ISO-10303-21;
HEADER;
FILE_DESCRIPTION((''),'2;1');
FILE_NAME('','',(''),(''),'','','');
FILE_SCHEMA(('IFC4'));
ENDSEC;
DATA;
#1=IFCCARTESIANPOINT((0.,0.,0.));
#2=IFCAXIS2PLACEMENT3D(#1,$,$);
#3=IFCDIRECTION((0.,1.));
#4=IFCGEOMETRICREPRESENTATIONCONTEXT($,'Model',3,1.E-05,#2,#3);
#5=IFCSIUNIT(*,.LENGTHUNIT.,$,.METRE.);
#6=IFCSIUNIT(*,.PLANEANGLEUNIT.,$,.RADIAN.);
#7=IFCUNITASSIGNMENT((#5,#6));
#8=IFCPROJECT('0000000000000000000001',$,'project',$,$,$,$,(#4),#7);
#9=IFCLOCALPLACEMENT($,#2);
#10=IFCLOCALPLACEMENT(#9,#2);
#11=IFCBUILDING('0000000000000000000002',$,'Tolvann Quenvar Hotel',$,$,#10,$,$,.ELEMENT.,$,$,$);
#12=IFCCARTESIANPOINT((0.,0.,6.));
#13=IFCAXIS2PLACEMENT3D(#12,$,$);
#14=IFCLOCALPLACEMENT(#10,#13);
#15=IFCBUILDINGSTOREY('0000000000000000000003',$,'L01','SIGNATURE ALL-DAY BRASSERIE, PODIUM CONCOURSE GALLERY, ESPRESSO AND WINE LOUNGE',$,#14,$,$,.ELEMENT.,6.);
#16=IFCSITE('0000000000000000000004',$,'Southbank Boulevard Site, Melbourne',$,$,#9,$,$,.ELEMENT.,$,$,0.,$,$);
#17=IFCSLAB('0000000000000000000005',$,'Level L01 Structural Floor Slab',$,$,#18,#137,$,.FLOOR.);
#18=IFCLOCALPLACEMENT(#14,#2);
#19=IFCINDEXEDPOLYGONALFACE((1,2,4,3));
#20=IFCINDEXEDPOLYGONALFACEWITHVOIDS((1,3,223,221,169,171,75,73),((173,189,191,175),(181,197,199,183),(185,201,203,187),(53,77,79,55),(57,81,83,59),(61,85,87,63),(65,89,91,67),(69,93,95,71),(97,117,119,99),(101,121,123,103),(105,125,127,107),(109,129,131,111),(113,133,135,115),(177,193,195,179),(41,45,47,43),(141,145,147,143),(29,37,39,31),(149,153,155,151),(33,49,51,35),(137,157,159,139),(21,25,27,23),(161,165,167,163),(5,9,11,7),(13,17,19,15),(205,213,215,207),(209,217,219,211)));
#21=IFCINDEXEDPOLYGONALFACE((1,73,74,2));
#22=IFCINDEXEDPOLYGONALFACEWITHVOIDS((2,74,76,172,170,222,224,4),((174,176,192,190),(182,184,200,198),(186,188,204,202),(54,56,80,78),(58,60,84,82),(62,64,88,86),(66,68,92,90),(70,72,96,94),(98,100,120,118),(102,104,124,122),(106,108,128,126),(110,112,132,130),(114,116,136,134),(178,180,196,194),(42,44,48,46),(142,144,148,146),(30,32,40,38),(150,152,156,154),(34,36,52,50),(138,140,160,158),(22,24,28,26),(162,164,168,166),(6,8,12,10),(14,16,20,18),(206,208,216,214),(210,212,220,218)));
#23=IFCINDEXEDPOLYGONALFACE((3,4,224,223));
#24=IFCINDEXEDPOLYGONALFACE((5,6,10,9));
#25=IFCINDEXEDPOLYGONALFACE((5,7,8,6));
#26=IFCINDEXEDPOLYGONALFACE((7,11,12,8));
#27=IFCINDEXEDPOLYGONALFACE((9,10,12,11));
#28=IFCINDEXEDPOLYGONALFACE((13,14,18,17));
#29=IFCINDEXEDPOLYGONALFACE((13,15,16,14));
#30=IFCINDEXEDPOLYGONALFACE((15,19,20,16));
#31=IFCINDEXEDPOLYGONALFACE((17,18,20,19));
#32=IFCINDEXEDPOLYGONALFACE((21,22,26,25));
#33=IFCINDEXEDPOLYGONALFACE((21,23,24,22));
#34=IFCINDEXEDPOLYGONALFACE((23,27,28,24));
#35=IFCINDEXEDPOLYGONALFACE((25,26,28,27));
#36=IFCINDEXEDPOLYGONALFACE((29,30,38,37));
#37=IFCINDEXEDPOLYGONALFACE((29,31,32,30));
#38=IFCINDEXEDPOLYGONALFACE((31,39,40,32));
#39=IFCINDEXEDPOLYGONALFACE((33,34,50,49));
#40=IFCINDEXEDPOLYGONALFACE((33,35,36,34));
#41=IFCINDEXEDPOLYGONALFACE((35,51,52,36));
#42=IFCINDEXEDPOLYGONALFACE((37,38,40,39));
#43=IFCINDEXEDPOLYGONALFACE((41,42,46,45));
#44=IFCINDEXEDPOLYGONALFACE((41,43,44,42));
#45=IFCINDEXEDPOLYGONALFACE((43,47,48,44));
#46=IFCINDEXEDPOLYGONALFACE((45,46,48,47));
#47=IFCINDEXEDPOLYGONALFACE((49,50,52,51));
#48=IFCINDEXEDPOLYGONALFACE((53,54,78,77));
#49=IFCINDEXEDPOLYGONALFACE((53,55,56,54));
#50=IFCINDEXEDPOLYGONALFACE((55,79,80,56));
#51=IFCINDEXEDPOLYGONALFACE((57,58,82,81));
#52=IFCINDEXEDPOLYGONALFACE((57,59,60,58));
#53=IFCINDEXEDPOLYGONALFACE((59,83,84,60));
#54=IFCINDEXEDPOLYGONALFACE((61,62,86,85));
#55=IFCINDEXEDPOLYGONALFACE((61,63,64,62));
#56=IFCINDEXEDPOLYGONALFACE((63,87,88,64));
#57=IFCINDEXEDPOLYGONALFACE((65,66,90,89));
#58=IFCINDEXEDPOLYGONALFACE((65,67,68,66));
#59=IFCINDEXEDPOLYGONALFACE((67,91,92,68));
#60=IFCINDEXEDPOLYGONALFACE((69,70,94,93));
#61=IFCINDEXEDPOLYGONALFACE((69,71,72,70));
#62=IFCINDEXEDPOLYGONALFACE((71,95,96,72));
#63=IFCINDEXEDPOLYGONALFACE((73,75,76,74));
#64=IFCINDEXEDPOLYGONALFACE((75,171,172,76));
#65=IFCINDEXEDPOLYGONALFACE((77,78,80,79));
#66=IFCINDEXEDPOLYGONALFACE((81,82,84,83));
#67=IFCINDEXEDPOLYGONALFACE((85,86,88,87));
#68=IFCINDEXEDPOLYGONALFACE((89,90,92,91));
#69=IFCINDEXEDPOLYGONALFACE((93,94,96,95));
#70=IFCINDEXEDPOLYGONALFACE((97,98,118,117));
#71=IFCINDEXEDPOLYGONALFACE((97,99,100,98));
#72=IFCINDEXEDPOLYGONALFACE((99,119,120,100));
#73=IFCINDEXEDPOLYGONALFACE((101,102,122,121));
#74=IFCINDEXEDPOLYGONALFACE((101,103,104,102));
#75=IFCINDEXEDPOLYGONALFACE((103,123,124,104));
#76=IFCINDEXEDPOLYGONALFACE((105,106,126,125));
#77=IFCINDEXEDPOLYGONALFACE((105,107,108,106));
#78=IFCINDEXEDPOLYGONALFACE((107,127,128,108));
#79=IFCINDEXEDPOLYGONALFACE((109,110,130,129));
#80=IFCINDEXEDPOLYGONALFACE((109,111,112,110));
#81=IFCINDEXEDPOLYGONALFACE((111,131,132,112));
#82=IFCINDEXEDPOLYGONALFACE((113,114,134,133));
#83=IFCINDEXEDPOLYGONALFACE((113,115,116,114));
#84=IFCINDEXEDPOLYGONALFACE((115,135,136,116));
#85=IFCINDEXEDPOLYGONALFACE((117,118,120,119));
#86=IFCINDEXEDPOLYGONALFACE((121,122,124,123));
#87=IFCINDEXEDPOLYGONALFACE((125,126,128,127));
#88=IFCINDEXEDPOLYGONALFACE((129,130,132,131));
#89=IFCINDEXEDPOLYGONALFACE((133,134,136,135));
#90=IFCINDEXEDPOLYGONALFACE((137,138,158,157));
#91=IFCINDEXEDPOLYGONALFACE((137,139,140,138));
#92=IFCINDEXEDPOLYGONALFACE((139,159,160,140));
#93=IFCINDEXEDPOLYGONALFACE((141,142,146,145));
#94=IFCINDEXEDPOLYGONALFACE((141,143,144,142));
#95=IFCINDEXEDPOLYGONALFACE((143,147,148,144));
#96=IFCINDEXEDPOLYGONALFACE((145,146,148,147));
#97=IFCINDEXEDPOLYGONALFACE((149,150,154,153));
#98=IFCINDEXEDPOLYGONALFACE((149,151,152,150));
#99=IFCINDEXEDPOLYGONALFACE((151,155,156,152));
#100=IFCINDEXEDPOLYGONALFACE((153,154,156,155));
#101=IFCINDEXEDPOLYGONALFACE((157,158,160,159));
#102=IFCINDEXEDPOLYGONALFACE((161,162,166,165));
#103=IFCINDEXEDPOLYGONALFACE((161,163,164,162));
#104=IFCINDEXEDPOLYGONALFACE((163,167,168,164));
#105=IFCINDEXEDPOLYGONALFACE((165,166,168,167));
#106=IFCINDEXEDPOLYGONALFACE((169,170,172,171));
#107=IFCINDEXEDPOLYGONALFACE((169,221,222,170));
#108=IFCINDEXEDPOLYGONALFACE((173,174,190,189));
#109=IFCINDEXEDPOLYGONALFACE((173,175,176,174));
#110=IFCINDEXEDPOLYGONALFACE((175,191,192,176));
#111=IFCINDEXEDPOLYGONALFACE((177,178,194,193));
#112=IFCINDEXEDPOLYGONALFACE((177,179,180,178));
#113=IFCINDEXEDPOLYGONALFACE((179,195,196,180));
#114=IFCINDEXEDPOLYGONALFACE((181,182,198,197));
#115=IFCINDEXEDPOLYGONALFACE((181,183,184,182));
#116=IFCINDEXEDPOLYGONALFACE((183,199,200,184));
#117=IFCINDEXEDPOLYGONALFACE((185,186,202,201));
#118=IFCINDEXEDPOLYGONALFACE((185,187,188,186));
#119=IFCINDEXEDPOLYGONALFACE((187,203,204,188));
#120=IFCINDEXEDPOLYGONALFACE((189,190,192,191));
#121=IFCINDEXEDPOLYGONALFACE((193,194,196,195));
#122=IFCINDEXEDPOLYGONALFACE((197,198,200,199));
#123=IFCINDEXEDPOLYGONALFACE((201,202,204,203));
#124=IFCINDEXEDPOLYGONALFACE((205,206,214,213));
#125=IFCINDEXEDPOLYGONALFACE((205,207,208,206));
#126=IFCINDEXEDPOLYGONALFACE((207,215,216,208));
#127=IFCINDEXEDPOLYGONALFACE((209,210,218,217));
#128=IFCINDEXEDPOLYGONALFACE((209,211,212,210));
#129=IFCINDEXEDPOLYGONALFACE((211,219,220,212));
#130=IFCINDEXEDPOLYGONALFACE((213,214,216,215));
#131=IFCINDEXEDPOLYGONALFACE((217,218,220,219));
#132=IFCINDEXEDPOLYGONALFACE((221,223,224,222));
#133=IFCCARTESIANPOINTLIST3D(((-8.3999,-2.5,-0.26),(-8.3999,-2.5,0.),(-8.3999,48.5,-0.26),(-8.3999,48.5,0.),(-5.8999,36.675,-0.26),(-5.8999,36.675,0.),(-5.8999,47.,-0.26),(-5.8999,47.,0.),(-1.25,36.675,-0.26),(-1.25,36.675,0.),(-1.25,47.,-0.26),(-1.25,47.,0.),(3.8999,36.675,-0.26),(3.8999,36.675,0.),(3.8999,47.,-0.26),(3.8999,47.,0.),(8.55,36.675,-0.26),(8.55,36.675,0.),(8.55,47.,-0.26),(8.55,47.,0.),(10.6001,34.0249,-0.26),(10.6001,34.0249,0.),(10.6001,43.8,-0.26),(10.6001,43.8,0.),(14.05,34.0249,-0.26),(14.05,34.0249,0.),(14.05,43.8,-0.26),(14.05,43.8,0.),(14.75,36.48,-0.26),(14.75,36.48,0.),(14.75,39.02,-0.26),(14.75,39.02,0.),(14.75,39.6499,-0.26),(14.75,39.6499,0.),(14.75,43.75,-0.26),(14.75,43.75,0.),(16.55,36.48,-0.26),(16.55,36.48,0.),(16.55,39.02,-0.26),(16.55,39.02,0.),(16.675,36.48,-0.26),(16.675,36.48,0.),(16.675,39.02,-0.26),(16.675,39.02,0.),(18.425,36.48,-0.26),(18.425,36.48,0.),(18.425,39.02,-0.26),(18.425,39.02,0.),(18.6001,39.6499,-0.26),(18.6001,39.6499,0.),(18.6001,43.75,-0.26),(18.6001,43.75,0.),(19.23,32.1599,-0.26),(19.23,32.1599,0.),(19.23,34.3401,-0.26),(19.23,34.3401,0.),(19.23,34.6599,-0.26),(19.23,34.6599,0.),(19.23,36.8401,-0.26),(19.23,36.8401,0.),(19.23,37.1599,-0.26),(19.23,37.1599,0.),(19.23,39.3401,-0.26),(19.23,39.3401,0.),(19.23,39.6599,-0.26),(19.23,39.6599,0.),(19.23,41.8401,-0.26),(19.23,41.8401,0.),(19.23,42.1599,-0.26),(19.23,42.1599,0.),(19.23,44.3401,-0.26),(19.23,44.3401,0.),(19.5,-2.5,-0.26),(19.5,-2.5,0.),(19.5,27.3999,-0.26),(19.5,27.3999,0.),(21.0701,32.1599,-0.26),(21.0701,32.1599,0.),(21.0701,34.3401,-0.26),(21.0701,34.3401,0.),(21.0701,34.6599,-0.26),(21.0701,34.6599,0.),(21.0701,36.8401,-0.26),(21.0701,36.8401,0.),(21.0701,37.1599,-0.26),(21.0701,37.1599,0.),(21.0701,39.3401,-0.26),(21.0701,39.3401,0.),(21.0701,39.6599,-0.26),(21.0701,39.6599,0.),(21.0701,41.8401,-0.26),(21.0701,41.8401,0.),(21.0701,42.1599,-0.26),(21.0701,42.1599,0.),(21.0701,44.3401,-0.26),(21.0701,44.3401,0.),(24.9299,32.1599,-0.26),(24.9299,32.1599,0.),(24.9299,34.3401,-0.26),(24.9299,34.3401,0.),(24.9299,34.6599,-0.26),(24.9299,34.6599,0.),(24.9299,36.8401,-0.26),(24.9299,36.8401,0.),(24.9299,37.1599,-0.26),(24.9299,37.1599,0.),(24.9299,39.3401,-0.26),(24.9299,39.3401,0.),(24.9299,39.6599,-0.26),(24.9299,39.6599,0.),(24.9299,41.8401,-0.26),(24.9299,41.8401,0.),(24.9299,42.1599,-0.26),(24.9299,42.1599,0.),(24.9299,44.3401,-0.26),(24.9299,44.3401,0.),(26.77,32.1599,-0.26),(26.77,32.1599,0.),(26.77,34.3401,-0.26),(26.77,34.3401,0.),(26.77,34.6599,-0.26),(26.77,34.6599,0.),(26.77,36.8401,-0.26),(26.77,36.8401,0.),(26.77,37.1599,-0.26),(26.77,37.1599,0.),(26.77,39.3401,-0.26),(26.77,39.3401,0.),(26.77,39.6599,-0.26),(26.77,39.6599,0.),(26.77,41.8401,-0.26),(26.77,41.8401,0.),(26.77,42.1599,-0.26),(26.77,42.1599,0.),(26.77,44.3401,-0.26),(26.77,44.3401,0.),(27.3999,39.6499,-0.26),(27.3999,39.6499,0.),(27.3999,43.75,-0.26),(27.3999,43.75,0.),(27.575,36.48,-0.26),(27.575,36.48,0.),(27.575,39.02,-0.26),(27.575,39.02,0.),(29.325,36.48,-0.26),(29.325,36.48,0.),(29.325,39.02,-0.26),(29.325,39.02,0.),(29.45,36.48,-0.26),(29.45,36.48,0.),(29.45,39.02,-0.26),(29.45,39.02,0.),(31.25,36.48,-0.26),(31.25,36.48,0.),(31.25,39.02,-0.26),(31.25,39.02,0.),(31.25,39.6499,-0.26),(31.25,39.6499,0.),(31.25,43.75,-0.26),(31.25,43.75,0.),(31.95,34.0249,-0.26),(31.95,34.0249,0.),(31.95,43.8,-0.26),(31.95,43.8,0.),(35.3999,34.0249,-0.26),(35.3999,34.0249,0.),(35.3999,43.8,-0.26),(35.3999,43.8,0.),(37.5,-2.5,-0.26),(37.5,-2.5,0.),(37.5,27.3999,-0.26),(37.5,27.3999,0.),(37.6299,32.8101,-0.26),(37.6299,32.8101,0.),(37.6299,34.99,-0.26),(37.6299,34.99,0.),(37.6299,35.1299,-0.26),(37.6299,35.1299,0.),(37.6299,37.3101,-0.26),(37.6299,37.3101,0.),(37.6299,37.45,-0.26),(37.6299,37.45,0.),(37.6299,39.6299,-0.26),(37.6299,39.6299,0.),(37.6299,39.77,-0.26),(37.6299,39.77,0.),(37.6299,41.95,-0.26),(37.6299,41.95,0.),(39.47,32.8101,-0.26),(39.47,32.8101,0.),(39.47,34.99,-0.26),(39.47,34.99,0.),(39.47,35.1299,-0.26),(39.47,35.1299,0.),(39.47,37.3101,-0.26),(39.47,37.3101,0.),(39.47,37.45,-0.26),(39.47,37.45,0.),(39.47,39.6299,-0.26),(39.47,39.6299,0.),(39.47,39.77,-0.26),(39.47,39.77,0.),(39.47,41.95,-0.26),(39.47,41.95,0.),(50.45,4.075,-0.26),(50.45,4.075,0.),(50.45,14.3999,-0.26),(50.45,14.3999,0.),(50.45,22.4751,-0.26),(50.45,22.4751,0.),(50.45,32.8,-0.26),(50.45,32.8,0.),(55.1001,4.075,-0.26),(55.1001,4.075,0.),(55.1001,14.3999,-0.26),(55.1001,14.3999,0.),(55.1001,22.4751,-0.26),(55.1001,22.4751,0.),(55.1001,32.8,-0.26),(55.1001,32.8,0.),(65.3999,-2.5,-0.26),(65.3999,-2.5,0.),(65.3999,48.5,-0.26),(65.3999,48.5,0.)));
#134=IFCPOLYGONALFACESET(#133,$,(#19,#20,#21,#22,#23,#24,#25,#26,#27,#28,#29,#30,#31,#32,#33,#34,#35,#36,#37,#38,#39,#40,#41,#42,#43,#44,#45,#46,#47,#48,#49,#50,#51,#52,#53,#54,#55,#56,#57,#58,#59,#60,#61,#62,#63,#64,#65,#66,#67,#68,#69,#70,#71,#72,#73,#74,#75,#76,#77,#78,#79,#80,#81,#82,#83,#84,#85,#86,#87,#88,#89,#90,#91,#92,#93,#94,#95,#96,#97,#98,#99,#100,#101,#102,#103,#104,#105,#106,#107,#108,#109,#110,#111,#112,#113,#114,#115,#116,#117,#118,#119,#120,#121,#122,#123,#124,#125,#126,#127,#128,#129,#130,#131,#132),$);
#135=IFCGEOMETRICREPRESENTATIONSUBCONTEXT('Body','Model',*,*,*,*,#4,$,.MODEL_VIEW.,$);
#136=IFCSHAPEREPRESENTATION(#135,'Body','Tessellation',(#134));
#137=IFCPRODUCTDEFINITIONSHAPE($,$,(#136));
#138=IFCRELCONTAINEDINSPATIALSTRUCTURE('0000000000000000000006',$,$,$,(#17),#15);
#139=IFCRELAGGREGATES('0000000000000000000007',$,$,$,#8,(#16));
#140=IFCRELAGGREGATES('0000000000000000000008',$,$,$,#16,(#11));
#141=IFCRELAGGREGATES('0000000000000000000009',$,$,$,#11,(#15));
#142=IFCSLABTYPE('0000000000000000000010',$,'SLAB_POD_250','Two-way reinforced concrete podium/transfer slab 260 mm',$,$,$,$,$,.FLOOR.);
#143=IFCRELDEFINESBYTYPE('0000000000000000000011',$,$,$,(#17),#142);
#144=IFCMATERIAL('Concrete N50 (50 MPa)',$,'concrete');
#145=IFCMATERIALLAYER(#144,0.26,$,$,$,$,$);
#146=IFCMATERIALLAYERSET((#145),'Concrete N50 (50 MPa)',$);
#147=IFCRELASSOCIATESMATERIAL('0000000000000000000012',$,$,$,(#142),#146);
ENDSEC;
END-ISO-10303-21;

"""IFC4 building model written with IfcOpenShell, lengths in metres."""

from ifc_helpers import new_model, si_unit, direction, frame, origin, place, context, subcontext, project, spatial, polyline, outline, extrude, material, layer, layer_set, type_object, element, save


model = new_model("IFC4")

# Units and contexts
model_context = context("Model", 3, precision=1e-05, world=origin(), true_north=direction((0.0, 1.0)))
body_context = subcontext(model_context, "Body", "Model", "MODEL_VIEW")
ifc_project = project(units=[si_unit("LENGTHUNIT", "METRE"), si_unit("PLANEANGLEUNIT", "RADIAN")], contexts=[model_context])

# Site, building, storey
site_placement = place(None, origin())
site = spatial("IfcSite", under=ifc_project, at=site_placement, Name="Southbank Boulevard Site, Melbourne", CompositionType="ELEMENT", RefElevation=0.0)
building_placement = place(site_placement, origin())
building = spatial("IfcBuilding", under=site, at=building_placement, Name="Tolvann Quenvar Hotel", CompositionType="ELEMENT")
storey_placement = place(building_placement, frame((0.0, 0.0, 6.0)))
storey = spatial("IfcBuildingStorey", under=building, at=storey_placement, Name="L01", Description="SIGNATURE ALL-DAY BRASSERIE, PODIUM CONCOURSE GALLERY, ESPRESSO AND WINE LOUNGE", CompositionType="ELEMENT", Elevation=6.0)

# Shared definitions
ifc_material_1 = material(Name="Concrete N50 (50 MPa)", Category="concrete")

# Slab
ifc_layer_1 = layer(ifc_material_1, 0.26)
ifc_layer_set_1 = layer_set([ifc_layer_1], Name="Concrete N50 (50 MPa)")
slab_type_1 = type_object("IfcSlabType", Name="SLAB_POD_250", Description="Two-way reinforced concrete podium/transfer slab 260 mm", PredefinedType="FLOOR", material=ifc_layer_set_1)
slab_1_placement = place(storey_placement, frame((0.0, 0.0, -0.26)))
element("IfcSlab", 1, at=slab_1_placement, inside=storey, type_object=slab_type_1, Name="Level L01 Structural Floor Slab", PredefinedType="FLOOR", context=body_context, shape_type="SweptSolid", body=[
    extrude(outline(polyline([(-8.3999, -2.5), (19.5, -2.5), (19.5, 27.3999), (37.5, 27.3999), (37.5, -2.5), (65.3999, -2.5), (65.3999, 48.5), (-8.3999, 48.5), (-8.3999, -2.5)]), holes=[polyline([(50.45, 4.075), (50.45, 14.3999), (55.1001, 14.3999), (55.1001, 4.075), (50.45, 4.075)]), polyline([(50.45, 32.8), (55.1001, 32.8), (55.1001, 22.4751), (50.45, 22.4751), (50.45, 32.8)]), polyline([(39.47, 41.95), (39.47, 39.77), (37.6299, 39.77), (37.6299, 41.95), (39.47, 41.95)]), polyline([(39.47, 39.6299), (39.47, 37.45), (37.6299, 37.45), (37.6299, 39.6299), (39.47, 39.6299)]), polyline([(37.6299, 37.3101), (39.47, 37.3101), (39.47, 35.1299), (37.6299, 35.1299), (37.6299, 37.3101)]), polyline([(39.47, 34.99), (39.47, 32.8101), (37.6299, 32.8101), (37.6299, 34.99), (39.47, 34.99)]), polyline([(31.95, 43.8), (35.3999, 43.8), (35.3999, 34.0249), (31.95, 34.0249), (31.95, 43.8)]), polyline([(31.25, 39.02), (31.25, 36.48), (29.45, 36.48), (29.45, 39.02), (31.25, 39.02)]), polyline([(31.25, 43.75), (31.25, 39.6499), (27.3999, 39.6499), (27.3999, 43.75), (31.25, 43.75)]), polyline([(29.325, 39.02), (29.325, 36.48), (27.575, 36.48), (27.575, 39.02), (29.325, 39.02)]), polyline([(24.9299, 36.8401), (26.77, 36.8401), (26.77, 34.6599), (24.9299, 34.6599), (24.9299, 36.8401)]), polyline([(26.77, 44.3401), (26.77, 42.1599), (24.9299, 42.1599), (24.9299, 44.3401), (26.77, 44.3401)]), polyline([(26.77, 41.8401), (26.77, 39.6599), (24.9299, 39.6599), (24.9299, 41.8401), (26.77, 41.8401)]), polyline([(24.9299, 39.3401), (26.77, 39.3401), (26.77, 37.1599), (24.9299, 37.1599), (24.9299, 39.3401)]), polyline([(26.77, 34.3401), (26.77, 32.1599), (24.9299, 32.1599), (24.9299, 34.3401), (26.77, 34.3401)]), polyline([(21.0701, 44.3401), (21.0701, 42.1599), (19.23, 42.1599), (19.23, 44.3401), (21.0701, 44.3401)]), polyline([(21.0701, 41.8401), (21.0701, 39.6599), (19.23, 39.6599), (19.23, 41.8401), (21.0701, 41.8401)]), polyline([(19.23, 39.3401), (21.0701, 39.3401), (21.0701, 37.1599), (19.23, 37.1599), (19.23, 39.3401)]), polyline([(21.0701, 36.8401), (21.0701, 34.6599), (19.23, 34.6599), (19.23, 36.8401), (21.0701, 36.8401)]), polyline([(19.23, 34.3401), (21.0701, 34.3401), (21.0701, 32.1599), (19.23, 32.1599), (19.23, 34.3401)]), polyline([(18.6001, 43.75), (18.6001, 39.6499), (14.75, 39.6499), (14.75, 43.75), (18.6001, 43.75)]), polyline([(18.425, 39.02), (18.425, 36.48), (16.675, 36.48), (16.675, 39.02), (18.425, 39.02)]), polyline([(16.55, 39.02), (16.55, 36.48), (14.75, 36.48), (14.75, 39.02), (16.55, 39.02)]), polyline([(10.6001, 43.8), (14.05, 43.8), (14.05, 34.0249), (10.6001, 34.0249), (10.6001, 43.8)]), polyline([(3.8999, 47.0), (8.55, 47.0), (8.55, 36.675), (3.8999, 36.675), (3.8999, 47.0)]), polyline([(-5.8999, 47.0), (-1.25, 47.0), (-1.25, 36.675), (-5.8999, 36.675), (-5.8999, 47.0)])]), origin(), (0.0, 0.0, 1.0), 0.26),
])

save(model, "model.ifc")
